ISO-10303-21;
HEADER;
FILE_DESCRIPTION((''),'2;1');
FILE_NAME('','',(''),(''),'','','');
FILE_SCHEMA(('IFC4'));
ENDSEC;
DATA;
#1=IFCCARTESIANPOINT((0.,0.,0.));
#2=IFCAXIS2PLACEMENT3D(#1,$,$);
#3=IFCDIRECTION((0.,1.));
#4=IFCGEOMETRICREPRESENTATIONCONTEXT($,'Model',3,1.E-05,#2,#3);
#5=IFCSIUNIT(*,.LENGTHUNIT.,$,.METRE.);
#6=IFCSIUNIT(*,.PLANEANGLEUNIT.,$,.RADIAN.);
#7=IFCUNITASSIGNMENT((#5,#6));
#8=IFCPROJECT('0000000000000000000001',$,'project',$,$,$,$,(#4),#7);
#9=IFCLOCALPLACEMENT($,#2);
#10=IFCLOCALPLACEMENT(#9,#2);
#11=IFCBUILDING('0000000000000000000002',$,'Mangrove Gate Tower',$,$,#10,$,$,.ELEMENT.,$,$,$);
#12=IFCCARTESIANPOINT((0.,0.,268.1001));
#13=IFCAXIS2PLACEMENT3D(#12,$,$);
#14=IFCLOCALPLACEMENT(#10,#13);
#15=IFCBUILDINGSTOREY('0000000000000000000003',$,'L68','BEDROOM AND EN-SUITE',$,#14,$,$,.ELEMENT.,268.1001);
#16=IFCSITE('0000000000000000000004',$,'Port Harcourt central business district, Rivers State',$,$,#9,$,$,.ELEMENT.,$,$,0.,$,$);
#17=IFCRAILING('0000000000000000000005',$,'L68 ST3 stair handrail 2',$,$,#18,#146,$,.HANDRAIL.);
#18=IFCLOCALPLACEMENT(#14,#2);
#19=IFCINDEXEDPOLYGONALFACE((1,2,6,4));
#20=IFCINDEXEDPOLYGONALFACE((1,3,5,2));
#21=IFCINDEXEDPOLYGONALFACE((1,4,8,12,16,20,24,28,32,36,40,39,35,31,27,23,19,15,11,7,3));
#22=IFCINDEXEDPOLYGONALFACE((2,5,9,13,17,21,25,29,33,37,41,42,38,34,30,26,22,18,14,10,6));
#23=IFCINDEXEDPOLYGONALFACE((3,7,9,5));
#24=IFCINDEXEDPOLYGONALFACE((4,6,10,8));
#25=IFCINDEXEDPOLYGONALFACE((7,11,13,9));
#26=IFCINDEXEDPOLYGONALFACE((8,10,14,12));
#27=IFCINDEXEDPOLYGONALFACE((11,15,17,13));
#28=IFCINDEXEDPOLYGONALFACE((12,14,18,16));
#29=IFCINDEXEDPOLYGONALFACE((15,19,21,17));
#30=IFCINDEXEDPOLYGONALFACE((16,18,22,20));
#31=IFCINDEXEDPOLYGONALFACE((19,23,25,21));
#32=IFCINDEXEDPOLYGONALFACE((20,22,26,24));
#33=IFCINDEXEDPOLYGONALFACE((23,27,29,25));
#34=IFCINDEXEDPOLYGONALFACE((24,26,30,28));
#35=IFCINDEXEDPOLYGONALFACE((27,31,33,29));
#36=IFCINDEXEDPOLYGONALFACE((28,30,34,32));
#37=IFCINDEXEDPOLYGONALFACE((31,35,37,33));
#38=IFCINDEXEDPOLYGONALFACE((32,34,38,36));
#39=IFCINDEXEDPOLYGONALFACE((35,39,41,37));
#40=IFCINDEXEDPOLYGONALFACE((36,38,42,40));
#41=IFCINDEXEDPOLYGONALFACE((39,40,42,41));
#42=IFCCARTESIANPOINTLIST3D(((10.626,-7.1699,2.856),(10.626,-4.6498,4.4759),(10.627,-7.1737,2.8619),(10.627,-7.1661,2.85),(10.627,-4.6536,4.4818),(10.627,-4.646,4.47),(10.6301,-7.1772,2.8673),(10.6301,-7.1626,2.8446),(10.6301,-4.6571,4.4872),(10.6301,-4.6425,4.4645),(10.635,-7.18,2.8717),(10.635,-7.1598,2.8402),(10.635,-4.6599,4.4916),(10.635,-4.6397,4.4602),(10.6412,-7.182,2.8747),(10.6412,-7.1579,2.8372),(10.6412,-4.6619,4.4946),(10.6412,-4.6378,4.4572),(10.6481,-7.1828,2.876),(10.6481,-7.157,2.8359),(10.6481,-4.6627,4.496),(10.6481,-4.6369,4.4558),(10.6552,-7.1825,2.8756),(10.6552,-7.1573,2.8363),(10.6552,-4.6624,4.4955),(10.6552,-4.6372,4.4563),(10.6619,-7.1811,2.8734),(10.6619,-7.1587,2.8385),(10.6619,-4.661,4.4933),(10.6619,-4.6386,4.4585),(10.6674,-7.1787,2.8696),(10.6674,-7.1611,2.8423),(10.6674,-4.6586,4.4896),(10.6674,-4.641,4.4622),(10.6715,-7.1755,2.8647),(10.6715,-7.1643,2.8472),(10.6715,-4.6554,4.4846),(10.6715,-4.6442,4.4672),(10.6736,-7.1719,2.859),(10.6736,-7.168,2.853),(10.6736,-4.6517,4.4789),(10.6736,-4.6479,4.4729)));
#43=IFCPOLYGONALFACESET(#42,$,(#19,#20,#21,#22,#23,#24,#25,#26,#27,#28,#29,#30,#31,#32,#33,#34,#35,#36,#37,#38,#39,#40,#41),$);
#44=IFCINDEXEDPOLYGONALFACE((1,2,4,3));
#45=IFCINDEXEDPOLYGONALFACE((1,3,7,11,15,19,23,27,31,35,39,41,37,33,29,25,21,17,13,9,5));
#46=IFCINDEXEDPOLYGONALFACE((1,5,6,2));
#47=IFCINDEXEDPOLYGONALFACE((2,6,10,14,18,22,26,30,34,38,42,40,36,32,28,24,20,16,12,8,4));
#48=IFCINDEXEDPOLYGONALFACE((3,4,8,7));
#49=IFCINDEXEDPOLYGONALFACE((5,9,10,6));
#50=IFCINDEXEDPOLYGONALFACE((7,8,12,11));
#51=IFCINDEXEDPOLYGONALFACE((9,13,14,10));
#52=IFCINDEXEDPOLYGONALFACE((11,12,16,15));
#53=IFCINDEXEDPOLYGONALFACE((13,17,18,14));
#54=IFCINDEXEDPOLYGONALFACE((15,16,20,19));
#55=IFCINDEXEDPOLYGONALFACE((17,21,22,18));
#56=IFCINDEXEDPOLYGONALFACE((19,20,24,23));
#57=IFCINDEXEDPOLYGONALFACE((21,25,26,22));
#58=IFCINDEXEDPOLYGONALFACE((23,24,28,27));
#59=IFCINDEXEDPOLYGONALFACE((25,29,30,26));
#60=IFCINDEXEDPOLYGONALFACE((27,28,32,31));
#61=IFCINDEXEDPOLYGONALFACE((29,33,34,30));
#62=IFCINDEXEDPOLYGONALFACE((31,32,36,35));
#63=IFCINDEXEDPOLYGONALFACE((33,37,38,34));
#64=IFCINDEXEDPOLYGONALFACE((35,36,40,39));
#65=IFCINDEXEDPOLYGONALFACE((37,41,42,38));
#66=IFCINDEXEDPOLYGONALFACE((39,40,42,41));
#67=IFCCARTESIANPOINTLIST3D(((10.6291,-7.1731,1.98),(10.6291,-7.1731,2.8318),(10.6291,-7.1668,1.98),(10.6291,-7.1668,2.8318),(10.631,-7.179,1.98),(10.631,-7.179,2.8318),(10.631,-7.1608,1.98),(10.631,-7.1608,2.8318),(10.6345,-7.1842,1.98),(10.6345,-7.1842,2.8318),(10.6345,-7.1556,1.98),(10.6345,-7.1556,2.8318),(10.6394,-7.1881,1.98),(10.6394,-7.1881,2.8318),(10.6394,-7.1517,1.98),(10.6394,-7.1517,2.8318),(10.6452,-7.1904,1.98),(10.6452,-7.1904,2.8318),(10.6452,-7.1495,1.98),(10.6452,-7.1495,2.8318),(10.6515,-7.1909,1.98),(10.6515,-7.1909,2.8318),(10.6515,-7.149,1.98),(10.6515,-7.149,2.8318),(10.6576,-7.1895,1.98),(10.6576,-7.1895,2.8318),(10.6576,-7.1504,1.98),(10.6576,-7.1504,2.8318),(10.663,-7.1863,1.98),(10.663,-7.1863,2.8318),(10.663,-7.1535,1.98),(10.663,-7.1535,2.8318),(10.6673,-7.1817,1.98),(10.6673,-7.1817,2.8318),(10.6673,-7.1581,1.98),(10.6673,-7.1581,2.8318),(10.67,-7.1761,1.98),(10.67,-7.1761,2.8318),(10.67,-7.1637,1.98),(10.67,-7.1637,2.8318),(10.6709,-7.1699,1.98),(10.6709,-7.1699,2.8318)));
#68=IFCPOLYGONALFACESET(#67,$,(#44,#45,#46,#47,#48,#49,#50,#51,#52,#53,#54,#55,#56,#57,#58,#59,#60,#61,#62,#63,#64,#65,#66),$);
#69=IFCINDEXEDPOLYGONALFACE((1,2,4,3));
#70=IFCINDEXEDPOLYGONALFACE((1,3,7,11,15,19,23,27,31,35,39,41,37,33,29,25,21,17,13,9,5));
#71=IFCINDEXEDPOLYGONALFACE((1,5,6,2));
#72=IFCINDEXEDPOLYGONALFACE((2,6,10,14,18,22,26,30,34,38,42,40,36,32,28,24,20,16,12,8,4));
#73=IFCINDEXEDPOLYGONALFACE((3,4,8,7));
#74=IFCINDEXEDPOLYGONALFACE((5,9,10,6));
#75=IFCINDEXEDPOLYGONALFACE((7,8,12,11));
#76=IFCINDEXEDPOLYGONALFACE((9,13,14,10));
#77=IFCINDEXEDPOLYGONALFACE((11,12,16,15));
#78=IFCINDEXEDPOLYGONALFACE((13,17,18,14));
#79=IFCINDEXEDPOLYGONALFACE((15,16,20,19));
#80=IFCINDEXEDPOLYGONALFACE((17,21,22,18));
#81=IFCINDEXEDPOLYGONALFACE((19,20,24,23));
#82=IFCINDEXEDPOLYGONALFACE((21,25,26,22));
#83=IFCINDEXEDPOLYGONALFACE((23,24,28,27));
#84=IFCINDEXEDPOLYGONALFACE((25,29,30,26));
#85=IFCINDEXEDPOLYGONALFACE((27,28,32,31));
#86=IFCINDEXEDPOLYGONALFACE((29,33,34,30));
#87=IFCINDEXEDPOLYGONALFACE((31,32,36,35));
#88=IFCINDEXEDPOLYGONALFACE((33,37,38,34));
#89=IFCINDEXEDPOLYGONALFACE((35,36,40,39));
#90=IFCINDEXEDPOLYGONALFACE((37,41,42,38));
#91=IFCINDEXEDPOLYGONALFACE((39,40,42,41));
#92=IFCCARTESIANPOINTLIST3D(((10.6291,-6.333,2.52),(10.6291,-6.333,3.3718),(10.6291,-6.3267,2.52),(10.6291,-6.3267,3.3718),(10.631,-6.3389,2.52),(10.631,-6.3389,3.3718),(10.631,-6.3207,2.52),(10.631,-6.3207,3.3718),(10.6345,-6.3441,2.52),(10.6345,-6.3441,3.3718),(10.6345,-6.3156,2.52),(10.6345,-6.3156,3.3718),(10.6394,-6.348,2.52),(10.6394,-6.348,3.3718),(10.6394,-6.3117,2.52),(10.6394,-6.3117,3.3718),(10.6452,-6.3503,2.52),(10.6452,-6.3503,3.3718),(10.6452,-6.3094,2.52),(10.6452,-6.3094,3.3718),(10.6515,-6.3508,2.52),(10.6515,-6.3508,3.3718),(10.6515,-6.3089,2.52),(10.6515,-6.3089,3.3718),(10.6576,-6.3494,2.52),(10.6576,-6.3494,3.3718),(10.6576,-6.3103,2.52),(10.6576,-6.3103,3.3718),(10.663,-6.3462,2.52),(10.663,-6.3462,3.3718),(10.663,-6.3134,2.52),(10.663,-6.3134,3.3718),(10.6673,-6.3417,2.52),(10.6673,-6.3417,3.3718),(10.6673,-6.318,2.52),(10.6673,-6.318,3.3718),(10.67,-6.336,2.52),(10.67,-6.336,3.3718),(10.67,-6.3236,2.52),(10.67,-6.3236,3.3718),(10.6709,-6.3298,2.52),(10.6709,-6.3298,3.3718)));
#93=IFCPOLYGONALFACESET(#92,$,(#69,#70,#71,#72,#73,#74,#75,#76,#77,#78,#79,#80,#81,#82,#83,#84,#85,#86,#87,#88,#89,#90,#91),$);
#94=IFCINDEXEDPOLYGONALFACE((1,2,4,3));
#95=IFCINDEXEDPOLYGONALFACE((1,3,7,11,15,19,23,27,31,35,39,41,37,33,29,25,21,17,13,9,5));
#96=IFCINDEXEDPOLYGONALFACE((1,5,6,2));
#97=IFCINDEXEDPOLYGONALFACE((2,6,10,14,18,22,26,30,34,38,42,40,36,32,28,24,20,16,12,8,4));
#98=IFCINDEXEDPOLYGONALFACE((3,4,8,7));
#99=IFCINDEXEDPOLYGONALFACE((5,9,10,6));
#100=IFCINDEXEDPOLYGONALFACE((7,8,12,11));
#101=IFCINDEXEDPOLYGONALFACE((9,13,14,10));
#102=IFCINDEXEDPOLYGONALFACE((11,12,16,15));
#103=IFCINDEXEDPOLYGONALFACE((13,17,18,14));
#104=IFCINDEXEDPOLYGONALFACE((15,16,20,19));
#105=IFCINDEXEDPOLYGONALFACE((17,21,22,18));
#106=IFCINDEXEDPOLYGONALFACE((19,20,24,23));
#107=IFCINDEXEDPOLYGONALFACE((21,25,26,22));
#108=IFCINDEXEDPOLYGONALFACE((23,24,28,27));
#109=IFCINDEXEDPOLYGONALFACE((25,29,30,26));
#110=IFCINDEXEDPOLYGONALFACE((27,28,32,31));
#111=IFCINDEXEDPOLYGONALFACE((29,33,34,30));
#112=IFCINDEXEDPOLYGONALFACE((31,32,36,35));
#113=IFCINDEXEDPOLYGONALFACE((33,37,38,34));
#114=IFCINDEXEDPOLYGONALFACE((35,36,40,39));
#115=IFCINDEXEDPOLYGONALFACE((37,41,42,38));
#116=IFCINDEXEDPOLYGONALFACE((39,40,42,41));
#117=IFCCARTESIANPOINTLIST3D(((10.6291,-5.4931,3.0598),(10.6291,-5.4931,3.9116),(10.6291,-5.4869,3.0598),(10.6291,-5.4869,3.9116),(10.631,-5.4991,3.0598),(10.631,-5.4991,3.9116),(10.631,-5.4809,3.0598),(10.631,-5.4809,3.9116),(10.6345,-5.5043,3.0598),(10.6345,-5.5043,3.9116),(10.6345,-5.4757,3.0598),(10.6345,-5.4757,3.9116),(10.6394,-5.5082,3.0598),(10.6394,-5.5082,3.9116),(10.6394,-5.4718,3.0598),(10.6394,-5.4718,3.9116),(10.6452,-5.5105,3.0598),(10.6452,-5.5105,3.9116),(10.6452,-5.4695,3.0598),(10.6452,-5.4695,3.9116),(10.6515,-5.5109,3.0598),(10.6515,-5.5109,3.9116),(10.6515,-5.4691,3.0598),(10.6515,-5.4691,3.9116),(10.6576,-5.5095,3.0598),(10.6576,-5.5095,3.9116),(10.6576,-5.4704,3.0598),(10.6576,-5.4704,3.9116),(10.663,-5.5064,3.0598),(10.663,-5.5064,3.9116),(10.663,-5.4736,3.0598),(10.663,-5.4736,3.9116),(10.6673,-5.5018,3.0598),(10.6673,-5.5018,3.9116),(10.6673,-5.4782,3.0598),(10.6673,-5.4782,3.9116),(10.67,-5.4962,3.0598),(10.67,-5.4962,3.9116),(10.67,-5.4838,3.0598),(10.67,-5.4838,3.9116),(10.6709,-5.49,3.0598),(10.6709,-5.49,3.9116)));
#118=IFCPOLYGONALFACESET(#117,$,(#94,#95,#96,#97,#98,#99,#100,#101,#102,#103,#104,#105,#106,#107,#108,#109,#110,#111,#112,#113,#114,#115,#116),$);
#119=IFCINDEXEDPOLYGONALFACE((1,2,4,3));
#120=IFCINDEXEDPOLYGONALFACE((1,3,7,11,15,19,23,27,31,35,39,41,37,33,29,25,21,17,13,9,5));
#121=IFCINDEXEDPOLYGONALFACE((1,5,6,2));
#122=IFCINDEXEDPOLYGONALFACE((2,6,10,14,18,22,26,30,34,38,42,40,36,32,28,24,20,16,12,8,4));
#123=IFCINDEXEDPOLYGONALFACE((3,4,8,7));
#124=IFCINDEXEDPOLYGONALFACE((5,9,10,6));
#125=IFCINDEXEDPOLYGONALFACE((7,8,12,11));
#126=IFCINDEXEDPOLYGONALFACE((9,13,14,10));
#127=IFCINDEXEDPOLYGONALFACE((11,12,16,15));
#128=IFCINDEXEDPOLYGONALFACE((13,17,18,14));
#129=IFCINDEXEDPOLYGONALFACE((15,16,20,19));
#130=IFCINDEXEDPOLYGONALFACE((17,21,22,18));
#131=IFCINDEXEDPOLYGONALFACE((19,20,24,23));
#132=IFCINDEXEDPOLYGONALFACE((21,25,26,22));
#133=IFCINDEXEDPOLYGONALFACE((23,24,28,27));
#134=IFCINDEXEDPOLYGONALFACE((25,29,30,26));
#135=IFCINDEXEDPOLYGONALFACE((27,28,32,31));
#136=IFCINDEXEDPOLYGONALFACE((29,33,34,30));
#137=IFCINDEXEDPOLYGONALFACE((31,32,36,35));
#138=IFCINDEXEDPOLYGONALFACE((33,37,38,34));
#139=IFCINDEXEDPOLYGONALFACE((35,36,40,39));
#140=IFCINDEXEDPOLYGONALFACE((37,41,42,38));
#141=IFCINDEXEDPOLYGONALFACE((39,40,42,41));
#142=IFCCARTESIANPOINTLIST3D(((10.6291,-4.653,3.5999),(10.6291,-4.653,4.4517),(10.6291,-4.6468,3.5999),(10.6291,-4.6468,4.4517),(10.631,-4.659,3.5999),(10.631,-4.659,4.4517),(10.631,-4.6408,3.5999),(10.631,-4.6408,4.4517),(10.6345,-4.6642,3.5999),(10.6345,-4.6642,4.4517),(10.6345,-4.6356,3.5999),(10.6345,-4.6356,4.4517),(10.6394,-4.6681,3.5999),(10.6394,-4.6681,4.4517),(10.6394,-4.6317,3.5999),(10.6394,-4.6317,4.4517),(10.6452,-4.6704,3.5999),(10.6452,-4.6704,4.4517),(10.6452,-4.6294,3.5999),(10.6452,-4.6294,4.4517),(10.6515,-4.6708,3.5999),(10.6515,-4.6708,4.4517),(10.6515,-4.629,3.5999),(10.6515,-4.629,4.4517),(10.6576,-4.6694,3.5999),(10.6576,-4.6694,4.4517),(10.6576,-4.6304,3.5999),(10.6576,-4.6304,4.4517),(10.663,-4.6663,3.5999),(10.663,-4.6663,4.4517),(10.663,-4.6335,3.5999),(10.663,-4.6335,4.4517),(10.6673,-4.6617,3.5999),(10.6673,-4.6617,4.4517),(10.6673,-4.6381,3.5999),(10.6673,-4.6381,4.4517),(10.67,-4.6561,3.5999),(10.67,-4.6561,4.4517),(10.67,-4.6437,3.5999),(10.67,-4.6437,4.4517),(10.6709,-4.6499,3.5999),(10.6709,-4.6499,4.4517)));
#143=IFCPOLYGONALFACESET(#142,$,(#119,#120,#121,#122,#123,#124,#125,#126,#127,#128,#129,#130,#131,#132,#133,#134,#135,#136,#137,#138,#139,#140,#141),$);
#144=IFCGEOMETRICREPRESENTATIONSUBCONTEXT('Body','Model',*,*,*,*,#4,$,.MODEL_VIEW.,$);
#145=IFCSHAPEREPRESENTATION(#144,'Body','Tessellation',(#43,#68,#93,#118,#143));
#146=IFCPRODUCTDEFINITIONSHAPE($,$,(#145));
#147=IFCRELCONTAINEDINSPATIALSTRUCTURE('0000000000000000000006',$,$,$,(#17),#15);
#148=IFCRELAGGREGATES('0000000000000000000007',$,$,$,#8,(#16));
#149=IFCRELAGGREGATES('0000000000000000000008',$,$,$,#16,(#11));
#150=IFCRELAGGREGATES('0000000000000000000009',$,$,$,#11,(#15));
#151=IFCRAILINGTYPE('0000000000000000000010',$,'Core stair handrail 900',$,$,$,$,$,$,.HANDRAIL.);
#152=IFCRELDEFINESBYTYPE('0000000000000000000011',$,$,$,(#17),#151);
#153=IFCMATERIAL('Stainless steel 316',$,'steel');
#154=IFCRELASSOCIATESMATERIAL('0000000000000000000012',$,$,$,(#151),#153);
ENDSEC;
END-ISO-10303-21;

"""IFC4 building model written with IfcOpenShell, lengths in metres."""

from ifc_helpers import new_model, si_unit, direction, frame, origin, origin_2d, place, context, subcontext, project, spatial, circle, extrude, material, type_object, element, save


model = new_model("IFC4")

# Units and contexts
model_context = context("Model", 3, precision=1e-05, world=origin(), true_north=direction((0.0, 1.0)))
body_context = subcontext(model_context, "Body", "Model", "MODEL_VIEW")
ifc_project = project(units=[si_unit("LENGTHUNIT", "METRE"), si_unit("PLANEANGLEUNIT", "RADIAN")], contexts=[model_context])

# Site, building, storey
site_placement = place(None, origin())
site = spatial("IfcSite", under=ifc_project, at=site_placement, Name="Port Harcourt central business district, Rivers State", CompositionType="ELEMENT", RefElevation=0.0)
building_placement = place(site_placement, origin())
building = spatial("IfcBuilding", under=site, at=building_placement, Name="Mangrove Gate Tower", CompositionType="ELEMENT")
storey_placement = place(building_placement, frame((0.0, 0.0, 268.1001)))
storey = spatial("IfcBuildingStorey", under=building, at=storey_placement, Name="L68", Description="BEDROOM AND EN-SUITE", CompositionType="ELEMENT", Elevation=268.1001)

# Railing
ifc_material_1 = material(Name="Stainless steel 316", Category="steel")
railing_type_1 = type_object("IfcRailingType", Name="Core stair handrail 900", PredefinedType="HANDRAIL", material=ifc_material_1)
railing_1_placement = place(storey_placement, frame((10.6499, -7.1699, 1.98)))
element("IfcRailing", 1, at=railing_1_placement, inside=storey, type_object=railing_type_1, Name="L68 ST3 stair handrail 2", PredefinedType="HANDRAIL", context=body_context, shape_type="SweptSolid", body=[
    extrude(circle(Radius=0.0239, at=origin_2d()), frame((0.0, 0.0, 0.876), z_axis=(0.0, 0.8412, 0.540725), x_axis=(-1.0, 0.0, 0.0)), (0.0, 0.0, 1.0), 2.9958),
    extrude(circle(Radius=0.021, at=origin_2d()), origin(), (0.0, 0.0, 1.0), 0.8518),
    extrude(circle(Radius=0.021, at=origin_2d()), frame((0.0, 0.8401, 0.54)), (0.0, 0.0, 1.0), 0.8518),
    extrude(circle(Radius=0.021, at=origin_2d()), frame((0.0, 1.6799, 1.0798)), (0.0, 0.0, 1.0), 0.8518),
    extrude(circle(Radius=0.021, at=origin_2d()), frame((0.0, 2.52, 1.6199)), (0.0, 0.0, 1.0), 0.8518),
])

save(model, "model.ifc")
